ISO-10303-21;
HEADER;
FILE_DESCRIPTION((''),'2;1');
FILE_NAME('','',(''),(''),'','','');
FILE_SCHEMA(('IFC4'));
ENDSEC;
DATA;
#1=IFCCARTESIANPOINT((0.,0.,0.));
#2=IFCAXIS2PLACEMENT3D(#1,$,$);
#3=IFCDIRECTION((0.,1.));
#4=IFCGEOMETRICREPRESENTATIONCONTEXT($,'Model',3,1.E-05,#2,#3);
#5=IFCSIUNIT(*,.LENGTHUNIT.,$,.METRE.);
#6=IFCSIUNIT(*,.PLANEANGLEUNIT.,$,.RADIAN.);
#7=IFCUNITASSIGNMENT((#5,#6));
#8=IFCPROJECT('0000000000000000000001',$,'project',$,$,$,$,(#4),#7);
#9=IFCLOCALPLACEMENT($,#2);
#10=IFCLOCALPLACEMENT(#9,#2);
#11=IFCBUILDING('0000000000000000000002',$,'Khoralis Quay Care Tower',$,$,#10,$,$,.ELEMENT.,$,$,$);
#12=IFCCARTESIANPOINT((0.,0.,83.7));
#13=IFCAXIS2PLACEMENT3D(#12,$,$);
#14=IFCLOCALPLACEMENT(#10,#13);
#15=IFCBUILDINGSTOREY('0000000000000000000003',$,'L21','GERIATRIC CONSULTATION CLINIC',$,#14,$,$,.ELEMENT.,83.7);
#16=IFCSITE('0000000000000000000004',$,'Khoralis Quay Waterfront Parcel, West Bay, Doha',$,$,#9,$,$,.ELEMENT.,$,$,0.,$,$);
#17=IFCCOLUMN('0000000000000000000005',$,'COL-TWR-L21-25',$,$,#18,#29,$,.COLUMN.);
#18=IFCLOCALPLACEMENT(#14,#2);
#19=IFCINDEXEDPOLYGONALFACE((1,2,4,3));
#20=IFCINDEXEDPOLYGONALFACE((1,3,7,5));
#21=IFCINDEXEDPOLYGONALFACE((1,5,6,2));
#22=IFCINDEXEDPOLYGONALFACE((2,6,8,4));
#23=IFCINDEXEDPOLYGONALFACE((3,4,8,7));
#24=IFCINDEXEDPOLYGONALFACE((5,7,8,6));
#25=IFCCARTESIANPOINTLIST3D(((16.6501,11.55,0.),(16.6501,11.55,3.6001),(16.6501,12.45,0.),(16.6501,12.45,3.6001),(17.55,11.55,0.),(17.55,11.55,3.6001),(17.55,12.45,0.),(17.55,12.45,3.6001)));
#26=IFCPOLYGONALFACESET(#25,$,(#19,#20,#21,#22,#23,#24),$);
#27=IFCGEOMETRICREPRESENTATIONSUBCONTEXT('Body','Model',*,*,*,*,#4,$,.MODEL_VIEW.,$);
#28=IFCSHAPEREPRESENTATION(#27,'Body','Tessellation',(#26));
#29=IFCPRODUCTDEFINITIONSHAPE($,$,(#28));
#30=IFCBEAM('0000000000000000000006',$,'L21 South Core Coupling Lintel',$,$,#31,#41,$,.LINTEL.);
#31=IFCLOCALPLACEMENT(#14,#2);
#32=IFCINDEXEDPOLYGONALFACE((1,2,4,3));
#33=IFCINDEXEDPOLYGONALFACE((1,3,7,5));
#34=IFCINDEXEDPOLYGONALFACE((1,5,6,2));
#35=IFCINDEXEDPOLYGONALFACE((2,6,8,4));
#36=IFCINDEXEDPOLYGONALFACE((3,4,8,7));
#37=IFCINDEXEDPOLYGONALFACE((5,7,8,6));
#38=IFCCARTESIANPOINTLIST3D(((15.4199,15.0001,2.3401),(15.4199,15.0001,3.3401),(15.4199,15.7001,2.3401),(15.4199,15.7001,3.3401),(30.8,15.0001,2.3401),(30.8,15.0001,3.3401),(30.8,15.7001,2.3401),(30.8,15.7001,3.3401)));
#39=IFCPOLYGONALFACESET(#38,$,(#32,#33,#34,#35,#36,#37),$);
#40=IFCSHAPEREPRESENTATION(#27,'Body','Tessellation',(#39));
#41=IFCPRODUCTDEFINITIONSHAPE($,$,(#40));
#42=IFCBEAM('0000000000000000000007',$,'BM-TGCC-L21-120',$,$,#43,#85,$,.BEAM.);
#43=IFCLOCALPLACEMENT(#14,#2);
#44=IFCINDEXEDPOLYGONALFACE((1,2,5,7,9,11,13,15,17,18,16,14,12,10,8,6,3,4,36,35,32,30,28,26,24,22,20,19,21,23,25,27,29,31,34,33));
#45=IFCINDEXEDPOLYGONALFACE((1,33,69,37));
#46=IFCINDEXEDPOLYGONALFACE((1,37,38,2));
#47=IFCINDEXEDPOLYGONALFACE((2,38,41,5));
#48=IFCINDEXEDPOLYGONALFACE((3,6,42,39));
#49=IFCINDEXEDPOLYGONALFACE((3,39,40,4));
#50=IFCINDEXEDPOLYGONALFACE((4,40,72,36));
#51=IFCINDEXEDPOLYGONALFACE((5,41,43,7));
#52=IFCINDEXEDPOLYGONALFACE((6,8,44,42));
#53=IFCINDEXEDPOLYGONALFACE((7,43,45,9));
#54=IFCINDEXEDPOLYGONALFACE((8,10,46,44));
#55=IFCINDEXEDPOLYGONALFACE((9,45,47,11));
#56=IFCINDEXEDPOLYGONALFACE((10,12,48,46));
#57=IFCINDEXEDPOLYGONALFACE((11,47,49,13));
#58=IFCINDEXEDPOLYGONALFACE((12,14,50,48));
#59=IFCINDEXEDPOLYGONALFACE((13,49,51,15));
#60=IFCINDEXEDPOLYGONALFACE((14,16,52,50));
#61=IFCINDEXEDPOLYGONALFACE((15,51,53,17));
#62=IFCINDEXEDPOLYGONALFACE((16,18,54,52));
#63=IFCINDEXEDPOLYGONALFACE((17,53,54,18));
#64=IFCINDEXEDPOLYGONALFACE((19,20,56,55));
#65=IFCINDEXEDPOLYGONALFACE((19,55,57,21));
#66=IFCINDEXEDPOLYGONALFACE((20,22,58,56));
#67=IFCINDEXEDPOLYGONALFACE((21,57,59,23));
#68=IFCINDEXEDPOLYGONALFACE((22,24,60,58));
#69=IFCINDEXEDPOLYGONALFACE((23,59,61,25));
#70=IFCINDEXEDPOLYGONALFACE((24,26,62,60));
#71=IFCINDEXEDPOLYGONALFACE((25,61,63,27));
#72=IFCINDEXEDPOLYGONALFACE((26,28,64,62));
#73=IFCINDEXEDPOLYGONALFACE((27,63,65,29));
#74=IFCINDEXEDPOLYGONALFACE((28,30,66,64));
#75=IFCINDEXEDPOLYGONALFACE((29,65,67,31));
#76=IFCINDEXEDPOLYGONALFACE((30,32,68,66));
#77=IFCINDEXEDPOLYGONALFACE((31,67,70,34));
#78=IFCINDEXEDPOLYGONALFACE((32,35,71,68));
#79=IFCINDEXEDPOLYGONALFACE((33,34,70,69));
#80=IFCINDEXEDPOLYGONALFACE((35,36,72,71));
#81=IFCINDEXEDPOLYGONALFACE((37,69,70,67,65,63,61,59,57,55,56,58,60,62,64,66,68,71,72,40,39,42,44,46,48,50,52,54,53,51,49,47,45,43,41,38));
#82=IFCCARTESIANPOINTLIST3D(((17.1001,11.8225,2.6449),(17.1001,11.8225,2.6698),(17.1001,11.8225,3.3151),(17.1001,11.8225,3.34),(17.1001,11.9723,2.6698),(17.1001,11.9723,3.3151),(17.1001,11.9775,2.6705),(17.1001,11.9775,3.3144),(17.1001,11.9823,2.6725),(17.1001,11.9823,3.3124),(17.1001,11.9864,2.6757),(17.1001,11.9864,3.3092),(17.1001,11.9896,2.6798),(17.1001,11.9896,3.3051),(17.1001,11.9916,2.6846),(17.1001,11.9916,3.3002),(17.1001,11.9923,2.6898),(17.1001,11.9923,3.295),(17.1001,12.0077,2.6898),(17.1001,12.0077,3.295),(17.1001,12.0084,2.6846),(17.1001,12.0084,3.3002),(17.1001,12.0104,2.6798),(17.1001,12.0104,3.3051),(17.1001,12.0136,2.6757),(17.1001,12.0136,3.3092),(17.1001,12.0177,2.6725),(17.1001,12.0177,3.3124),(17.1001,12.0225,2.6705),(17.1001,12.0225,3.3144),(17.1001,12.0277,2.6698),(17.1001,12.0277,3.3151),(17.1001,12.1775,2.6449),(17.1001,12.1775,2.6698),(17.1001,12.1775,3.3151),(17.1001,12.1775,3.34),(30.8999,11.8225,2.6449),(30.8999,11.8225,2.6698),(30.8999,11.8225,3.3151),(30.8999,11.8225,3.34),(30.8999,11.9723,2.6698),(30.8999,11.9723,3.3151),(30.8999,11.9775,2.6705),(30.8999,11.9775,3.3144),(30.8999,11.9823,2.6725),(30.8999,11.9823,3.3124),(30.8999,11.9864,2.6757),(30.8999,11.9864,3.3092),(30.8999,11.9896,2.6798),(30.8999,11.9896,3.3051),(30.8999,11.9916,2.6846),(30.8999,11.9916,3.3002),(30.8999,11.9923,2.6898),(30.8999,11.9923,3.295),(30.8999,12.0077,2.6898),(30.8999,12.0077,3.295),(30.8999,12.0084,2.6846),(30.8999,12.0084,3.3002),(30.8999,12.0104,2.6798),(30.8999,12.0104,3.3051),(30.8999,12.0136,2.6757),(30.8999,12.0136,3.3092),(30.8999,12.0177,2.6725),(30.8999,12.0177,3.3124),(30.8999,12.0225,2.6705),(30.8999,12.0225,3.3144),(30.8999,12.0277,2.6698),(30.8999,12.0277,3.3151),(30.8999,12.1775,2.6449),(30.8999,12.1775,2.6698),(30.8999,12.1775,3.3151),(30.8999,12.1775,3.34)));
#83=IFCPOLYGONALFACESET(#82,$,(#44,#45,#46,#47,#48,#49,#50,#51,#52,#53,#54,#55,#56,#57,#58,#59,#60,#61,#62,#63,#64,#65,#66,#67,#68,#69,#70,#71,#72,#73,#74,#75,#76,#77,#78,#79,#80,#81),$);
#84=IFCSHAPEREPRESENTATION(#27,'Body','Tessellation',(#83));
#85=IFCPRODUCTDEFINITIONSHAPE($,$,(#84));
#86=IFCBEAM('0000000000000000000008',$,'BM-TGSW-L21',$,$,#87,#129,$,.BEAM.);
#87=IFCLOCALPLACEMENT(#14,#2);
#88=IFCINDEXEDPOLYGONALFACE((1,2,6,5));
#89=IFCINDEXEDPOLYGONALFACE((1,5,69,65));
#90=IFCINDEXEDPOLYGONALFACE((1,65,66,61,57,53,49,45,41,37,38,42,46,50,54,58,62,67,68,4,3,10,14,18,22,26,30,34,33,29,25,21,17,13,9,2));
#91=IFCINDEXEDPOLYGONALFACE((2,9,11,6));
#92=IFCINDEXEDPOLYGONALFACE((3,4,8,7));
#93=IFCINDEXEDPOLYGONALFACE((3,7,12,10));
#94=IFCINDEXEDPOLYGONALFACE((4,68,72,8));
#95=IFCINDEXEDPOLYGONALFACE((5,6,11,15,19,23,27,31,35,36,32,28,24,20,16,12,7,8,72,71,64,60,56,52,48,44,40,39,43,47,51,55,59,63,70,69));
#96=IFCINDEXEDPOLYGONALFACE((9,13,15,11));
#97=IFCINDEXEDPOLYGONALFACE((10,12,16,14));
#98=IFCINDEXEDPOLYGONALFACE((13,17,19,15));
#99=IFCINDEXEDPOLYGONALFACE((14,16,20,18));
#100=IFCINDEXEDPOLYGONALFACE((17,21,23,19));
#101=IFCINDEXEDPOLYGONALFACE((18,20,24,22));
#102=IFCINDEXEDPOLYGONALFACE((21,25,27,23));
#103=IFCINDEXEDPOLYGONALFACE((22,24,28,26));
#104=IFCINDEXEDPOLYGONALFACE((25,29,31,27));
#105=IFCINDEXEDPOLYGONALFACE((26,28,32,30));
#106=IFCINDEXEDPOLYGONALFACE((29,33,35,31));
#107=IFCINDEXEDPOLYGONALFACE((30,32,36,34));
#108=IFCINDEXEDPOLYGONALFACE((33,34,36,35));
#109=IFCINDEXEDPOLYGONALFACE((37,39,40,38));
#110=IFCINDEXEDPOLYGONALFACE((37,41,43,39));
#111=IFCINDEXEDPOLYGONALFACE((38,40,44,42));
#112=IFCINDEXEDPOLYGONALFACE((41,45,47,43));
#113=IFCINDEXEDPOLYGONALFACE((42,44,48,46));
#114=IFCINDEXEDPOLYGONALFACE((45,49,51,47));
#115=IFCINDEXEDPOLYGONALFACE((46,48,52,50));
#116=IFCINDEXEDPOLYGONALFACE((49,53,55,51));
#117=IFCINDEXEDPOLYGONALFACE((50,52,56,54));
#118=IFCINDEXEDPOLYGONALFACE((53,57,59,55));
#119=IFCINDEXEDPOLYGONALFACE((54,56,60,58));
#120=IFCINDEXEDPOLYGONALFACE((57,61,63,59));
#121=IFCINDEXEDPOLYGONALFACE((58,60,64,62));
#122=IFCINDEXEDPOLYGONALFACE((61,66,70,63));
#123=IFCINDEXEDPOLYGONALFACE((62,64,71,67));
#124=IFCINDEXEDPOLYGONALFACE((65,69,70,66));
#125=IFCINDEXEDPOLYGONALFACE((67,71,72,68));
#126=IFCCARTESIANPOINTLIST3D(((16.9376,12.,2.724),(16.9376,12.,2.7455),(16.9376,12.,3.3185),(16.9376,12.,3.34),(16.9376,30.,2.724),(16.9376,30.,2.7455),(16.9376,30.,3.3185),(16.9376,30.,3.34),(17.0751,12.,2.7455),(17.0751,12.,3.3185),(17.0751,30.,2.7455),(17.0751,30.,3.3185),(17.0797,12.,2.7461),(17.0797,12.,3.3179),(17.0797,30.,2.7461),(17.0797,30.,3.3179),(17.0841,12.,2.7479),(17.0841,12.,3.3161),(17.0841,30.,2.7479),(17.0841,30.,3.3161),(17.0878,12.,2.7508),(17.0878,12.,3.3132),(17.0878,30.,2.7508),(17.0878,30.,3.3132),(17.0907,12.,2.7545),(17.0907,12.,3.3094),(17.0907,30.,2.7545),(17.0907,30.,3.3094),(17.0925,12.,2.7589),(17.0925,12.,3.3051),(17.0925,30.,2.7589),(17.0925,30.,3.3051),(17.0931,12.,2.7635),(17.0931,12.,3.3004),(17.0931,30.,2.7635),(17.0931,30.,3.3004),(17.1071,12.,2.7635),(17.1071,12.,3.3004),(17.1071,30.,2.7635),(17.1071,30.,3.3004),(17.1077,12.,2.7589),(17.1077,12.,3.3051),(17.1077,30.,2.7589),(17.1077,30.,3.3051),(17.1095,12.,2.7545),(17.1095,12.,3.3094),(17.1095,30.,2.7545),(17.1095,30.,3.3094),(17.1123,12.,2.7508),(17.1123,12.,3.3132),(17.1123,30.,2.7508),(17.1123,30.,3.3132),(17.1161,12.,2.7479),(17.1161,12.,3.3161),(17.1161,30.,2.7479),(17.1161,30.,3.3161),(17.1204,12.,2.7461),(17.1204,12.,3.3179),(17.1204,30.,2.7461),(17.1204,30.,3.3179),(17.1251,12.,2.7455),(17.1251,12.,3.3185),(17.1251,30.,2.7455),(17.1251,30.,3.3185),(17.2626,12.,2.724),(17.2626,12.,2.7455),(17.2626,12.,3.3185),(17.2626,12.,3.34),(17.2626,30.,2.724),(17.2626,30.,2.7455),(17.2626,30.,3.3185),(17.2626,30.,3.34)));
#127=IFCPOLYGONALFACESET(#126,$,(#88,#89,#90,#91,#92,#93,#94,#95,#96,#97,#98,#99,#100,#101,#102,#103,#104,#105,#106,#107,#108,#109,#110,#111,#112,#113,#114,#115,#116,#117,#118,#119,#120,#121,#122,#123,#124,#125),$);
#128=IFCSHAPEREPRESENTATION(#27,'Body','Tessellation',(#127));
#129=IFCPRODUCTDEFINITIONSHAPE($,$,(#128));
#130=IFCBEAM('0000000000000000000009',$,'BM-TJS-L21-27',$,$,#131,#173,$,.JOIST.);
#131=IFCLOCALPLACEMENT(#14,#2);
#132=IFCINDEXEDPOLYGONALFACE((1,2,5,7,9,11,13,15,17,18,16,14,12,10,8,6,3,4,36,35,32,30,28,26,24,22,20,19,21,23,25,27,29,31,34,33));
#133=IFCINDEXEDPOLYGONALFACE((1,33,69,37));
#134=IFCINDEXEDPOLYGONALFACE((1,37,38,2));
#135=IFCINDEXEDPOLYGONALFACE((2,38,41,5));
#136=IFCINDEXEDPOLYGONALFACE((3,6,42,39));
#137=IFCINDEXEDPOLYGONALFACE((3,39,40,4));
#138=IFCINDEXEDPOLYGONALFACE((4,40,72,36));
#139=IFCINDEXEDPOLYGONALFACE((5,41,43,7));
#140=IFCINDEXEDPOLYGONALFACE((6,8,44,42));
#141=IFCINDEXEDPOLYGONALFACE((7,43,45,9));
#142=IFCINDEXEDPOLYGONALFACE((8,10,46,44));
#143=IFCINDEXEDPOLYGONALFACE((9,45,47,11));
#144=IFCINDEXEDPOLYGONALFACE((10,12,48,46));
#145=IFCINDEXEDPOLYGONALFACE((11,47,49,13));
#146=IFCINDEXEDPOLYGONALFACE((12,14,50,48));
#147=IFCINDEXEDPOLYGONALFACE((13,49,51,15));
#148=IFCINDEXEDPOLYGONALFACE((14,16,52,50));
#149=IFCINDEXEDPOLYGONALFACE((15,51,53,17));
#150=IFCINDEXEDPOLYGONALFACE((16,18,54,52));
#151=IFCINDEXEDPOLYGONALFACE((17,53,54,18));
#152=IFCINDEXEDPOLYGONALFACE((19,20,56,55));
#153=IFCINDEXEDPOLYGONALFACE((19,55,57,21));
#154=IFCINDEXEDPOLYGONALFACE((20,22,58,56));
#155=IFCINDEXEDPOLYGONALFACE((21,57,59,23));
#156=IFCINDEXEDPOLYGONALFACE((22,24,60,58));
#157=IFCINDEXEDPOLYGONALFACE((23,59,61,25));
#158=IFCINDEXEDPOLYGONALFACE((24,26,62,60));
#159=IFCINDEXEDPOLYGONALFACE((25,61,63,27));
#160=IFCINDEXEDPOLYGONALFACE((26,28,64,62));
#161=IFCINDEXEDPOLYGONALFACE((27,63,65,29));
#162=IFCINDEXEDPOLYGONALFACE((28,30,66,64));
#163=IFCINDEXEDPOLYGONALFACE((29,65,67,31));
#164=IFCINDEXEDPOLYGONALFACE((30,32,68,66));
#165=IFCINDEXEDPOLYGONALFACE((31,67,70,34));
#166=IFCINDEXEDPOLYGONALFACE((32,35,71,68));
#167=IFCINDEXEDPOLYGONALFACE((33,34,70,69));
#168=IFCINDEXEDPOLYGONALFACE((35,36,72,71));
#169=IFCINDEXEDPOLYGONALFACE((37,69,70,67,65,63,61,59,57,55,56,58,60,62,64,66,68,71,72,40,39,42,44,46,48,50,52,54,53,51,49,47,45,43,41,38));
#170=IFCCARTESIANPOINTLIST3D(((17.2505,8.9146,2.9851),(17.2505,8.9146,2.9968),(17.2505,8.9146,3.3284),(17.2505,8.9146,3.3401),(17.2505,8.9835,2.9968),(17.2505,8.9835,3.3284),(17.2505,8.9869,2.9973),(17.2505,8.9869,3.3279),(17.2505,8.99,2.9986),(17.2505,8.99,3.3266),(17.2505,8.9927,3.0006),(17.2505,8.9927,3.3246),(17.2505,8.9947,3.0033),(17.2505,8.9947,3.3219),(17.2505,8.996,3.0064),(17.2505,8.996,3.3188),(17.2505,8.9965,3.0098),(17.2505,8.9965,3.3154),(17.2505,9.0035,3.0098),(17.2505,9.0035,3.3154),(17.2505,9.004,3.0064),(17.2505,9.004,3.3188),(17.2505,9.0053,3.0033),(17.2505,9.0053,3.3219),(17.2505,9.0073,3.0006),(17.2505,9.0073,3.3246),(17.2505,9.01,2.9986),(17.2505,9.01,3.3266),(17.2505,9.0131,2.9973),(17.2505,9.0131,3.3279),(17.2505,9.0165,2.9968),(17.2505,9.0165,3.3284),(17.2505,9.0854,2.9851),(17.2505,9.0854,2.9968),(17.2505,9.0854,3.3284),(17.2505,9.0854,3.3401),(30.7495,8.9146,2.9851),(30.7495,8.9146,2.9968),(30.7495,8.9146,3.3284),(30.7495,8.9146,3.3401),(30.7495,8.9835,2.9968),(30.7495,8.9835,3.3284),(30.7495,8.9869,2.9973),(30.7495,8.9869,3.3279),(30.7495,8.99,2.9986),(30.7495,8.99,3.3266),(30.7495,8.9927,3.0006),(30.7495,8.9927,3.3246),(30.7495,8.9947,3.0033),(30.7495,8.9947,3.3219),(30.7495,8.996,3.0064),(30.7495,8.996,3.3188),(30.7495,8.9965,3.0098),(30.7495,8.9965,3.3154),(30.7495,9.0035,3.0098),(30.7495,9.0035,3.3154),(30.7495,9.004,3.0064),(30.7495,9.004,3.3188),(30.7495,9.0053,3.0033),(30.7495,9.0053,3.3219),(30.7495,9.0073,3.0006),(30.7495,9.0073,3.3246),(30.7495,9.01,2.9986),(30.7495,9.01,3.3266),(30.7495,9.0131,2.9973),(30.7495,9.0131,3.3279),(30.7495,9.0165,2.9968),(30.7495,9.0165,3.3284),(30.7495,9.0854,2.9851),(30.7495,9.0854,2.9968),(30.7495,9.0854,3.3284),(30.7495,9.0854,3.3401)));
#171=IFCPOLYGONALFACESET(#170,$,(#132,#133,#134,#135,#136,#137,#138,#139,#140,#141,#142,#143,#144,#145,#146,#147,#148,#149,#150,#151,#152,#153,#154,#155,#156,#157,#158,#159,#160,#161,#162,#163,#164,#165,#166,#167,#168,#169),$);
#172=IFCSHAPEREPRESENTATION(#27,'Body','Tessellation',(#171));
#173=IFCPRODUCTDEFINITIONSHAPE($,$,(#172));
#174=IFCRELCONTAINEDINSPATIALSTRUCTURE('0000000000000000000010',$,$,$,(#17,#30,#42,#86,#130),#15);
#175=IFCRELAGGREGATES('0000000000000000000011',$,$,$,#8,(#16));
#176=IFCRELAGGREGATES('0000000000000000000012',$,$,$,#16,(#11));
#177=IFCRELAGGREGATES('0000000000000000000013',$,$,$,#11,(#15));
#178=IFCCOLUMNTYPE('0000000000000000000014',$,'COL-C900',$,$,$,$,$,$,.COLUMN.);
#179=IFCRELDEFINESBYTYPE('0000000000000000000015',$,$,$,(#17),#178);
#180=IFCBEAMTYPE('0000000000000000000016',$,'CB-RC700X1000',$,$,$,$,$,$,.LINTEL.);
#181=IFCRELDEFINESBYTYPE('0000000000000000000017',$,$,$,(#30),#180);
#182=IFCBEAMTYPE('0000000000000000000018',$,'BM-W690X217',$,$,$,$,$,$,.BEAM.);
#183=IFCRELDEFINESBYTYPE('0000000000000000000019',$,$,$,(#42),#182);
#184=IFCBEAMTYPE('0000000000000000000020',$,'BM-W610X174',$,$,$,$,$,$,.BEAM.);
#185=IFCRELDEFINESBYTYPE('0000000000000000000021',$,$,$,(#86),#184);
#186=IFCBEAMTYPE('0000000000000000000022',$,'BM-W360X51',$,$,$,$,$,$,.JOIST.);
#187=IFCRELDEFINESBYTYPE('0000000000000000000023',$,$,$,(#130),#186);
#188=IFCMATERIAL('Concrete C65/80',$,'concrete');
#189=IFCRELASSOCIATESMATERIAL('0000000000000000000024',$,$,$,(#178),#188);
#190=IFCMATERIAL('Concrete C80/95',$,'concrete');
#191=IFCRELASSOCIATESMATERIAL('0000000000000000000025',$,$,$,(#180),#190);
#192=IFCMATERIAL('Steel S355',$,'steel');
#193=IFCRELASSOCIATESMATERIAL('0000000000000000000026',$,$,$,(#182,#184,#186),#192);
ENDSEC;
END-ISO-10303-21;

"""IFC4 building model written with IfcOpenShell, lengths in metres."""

from ifc_helpers import new_model, si_unit, direction, frame, origin, origin_2d, place, context, subcontext, project, spatial, rectangle, i_section, extrude, source, transform, mapped, material, material_profile, profile_set, type_object, element, save


model = new_model("IFC4")

# Units and contexts
model_context = context("Model", 3, precision=1e-05, world=origin(), true_north=direction((0.0, 1.0)))
body_context = subcontext(model_context, "Body", "Model", "MODEL_VIEW")
ifc_project = project(units=[si_unit("LENGTHUNIT", "METRE"), si_unit("PLANEANGLEUNIT", "RADIAN")], contexts=[model_context])

# Site, building, storey
site_placement = place(None, origin())
site = spatial("IfcSite", under=ifc_project, at=site_placement, Name="Khoralis Quay Waterfront Parcel, West Bay, Doha", CompositionType="ELEMENT", RefElevation=0.0)
building_placement = place(site_placement, origin())
building = spatial("IfcBuilding", under=site, at=building_placement, Name="Khoralis Quay Care Tower", CompositionType="ELEMENT")
storey_placement = place(building_placement, frame((0.0, 0.0, 83.7)))
storey = spatial("IfcBuildingStorey", under=building, at=storey_placement, Name="L21", Description="GERIATRIC CONSULTATION CLINIC", CompositionType="ELEMENT", Elevation=83.7)

# Column
ifc_material_1 = material(Name="Concrete C65/80", Category="concrete")
ifc_material_profile_1 = material_profile(ifc_material_1, rectangle(XDim=0.8999, YDim=0.8999, at=origin_2d()), Name="Concrete C65/80")
ifc_profile_set_1 = profile_set([ifc_material_profile_1], Name="Concrete C65/80")
column_type = type_object("IfcColumnType", Name="COL-C900", PredefinedType="COLUMN", material=ifc_profile_set_1)
shared_shape_1 = source(origin(), body_context, "Body", "SweptSolid", [
    extrude(rectangle(XDim=0.8999, YDim=0.8999, at=origin_2d()), origin(), (0.0, 0.0, 1.0), 3.6001),
])
column_placement = place(storey_placement, frame((17.1001, 12.0, 0.0), z_axis=(0.0, 0.0, 1.0), x_axis=(1.0, 0.0, 0.0)))
element("IfcColumn", 1, at=column_placement, inside=storey, type_object=column_type, Name="COL-TWR-L21-25", PredefinedType="COLUMN", context=body_context, shape_type="MappedRepresentation", body=[
    mapped(shared_shape_1, transform((0.0, 0.0, 0.0), scale=1.0)),
])

# Beams
ifc_material_2 = material(Name="Concrete C80/95", Category="concrete")
ifc_material_profile_2 = material_profile(ifc_material_2, rectangle(XDim=0.7, YDim=1.0, at=origin_2d()), Name="Concrete C80/95")
ifc_profile_set_2 = profile_set([ifc_material_profile_2], Name="Concrete C80/95")
beam_type_1 = type_object("IfcBeamType", Name="CB-RC700X1000", PredefinedType="LINTEL", material=ifc_profile_set_2)
shared_shape_2 = source(origin(), body_context, "Body", "SweptSolid", [
    extrude(rectangle(XDim=0.7, YDim=1.0, at=origin_2d()), origin(), (0.0, 0.0, 1.0), 15.3801),
])
beam_1_placement = place(storey_placement, frame((15.4199, 15.3501, 2.8401), z_axis=(1.0, 0.0, 0.0), x_axis=(0.0, 1.0, 0.0)))
element("IfcBeam", 2, at=beam_1_placement, inside=storey, type_object=beam_type_1, Name="L21 South Core Coupling Lintel", PredefinedType="LINTEL", context=body_context, shape_type="MappedRepresentation", body=[
    mapped(shared_shape_2, transform((0.0, 0.0, 0.0), scale=1.0)),
])
ifc_material_3 = material(Name="Steel S355", Category="steel")
ifc_material_profile_3 = material_profile(ifc_material_3, i_section(OverallWidth=0.355, OverallDepth=0.6951, WebThickness=0.0154, FlangeThickness=0.0249, FilletRadius=0.02, at=origin_2d()), Name="Steel S355")
ifc_profile_set_3 = profile_set([ifc_material_profile_3], Name="Steel S355")
beam_type_2 = type_object("IfcBeamType", Name="BM-W690X217", PredefinedType="BEAM", material=ifc_profile_set_3)
shared_shape_3 = source(origin(), body_context, "Body", "SweptSolid", [
    extrude(i_section(OverallWidth=0.355, OverallDepth=0.6951, WebThickness=0.0154, FlangeThickness=0.0249, FilletRadius=0.02, at=origin_2d()), origin(), (0.0, 0.0, 1.0), 13.7998),
])
beam_2_placement = place(storey_placement, frame((17.1001, 12.0, 2.9924), z_axis=(1.0, 0.0, 0.0), x_axis=(0.0, 1.0, 0.0)))
element("IfcBeam", 3, at=beam_2_placement, inside=storey, type_object=beam_type_2, Name="BM-TGCC-L21-120", PredefinedType="BEAM", context=body_context, shape_type="MappedRepresentation", body=[
    mapped(shared_shape_3, transform((0.0, 0.0, 0.0), scale=1.0)),
])
ifc_material_profile_4 = material_profile(ifc_material_3, i_section(OverallWidth=0.325, OverallDepth=0.616, WebThickness=0.0139, FlangeThickness=0.0215, FilletRadius=0.0181, at=origin_2d()), Name="Steel S355")
ifc_profile_set_4 = profile_set([ifc_material_profile_4], Name="Steel S355")
beam_type_3 = type_object("IfcBeamType", Name="BM-W610X174", PredefinedType="BEAM", material=ifc_profile_set_4)
shared_shape_4 = source(origin(), body_context, "Body", "SweptSolid", [
    extrude(i_section(OverallWidth=0.325, OverallDepth=0.616, WebThickness=0.0139, FlangeThickness=0.0215, FilletRadius=0.0181, at=origin_2d()), origin(), (0.0, 0.0, 1.0), 18.0),
])
beam_3_placement = place(storey_placement, frame((17.1001, 12.0, 3.032), z_axis=(0.0, 1.0, 0.0), x_axis=(-1.0, 0.0, 0.0)))
element("IfcBeam", 4, at=beam_3_placement, inside=storey, type_object=beam_type_3, Name="BM-TGSW-L21", PredefinedType="BEAM", context=body_context, shape_type="MappedRepresentation", body=[
    mapped(shared_shape_4, transform((0.0, 0.0, 0.0), scale=1.0)),
])
ifc_material_profile_5 = material_profile(ifc_material_3, i_section(OverallWidth=0.1709, OverallDepth=0.355, WebThickness=0.0071, FlangeThickness=0.0117, FilletRadius=0.0129, at=origin_2d()), Name="Steel S355")
ifc_profile_set_5 = profile_set([ifc_material_profile_5], Name="Steel S355")
beam_type_4 = type_object("IfcBeamType", Name="BM-W360X51", PredefinedType="JOIST", material=ifc_profile_set_5)
shared_shape_5 = source(origin(), body_context, "Body", "SweptSolid", [
    extrude(i_section(OverallWidth=0.1709, OverallDepth=0.355, WebThickness=0.0071, FlangeThickness=0.0117, FilletRadius=0.0129, at=origin_2d()), origin(), (0.0, 0.0, 1.0), 13.499),
])
beam_4_placement = place(storey_placement, frame((17.2505, 9.0, 3.1626), z_axis=(1.0, 0.0, 0.0), x_axis=(0.0, 1.0, 0.0)))
element("IfcBeam", 5, at=beam_4_placement, inside=storey, type_object=beam_type_4, Name="BM-TJS-L21-27", PredefinedType="JOIST", context=body_context, shape_type="MappedRepresentation", body=[
    mapped(shared_shape_5, transform((0.0, 0.0, 0.0), scale=1.0)),
])

save(model, "model.ifc")
